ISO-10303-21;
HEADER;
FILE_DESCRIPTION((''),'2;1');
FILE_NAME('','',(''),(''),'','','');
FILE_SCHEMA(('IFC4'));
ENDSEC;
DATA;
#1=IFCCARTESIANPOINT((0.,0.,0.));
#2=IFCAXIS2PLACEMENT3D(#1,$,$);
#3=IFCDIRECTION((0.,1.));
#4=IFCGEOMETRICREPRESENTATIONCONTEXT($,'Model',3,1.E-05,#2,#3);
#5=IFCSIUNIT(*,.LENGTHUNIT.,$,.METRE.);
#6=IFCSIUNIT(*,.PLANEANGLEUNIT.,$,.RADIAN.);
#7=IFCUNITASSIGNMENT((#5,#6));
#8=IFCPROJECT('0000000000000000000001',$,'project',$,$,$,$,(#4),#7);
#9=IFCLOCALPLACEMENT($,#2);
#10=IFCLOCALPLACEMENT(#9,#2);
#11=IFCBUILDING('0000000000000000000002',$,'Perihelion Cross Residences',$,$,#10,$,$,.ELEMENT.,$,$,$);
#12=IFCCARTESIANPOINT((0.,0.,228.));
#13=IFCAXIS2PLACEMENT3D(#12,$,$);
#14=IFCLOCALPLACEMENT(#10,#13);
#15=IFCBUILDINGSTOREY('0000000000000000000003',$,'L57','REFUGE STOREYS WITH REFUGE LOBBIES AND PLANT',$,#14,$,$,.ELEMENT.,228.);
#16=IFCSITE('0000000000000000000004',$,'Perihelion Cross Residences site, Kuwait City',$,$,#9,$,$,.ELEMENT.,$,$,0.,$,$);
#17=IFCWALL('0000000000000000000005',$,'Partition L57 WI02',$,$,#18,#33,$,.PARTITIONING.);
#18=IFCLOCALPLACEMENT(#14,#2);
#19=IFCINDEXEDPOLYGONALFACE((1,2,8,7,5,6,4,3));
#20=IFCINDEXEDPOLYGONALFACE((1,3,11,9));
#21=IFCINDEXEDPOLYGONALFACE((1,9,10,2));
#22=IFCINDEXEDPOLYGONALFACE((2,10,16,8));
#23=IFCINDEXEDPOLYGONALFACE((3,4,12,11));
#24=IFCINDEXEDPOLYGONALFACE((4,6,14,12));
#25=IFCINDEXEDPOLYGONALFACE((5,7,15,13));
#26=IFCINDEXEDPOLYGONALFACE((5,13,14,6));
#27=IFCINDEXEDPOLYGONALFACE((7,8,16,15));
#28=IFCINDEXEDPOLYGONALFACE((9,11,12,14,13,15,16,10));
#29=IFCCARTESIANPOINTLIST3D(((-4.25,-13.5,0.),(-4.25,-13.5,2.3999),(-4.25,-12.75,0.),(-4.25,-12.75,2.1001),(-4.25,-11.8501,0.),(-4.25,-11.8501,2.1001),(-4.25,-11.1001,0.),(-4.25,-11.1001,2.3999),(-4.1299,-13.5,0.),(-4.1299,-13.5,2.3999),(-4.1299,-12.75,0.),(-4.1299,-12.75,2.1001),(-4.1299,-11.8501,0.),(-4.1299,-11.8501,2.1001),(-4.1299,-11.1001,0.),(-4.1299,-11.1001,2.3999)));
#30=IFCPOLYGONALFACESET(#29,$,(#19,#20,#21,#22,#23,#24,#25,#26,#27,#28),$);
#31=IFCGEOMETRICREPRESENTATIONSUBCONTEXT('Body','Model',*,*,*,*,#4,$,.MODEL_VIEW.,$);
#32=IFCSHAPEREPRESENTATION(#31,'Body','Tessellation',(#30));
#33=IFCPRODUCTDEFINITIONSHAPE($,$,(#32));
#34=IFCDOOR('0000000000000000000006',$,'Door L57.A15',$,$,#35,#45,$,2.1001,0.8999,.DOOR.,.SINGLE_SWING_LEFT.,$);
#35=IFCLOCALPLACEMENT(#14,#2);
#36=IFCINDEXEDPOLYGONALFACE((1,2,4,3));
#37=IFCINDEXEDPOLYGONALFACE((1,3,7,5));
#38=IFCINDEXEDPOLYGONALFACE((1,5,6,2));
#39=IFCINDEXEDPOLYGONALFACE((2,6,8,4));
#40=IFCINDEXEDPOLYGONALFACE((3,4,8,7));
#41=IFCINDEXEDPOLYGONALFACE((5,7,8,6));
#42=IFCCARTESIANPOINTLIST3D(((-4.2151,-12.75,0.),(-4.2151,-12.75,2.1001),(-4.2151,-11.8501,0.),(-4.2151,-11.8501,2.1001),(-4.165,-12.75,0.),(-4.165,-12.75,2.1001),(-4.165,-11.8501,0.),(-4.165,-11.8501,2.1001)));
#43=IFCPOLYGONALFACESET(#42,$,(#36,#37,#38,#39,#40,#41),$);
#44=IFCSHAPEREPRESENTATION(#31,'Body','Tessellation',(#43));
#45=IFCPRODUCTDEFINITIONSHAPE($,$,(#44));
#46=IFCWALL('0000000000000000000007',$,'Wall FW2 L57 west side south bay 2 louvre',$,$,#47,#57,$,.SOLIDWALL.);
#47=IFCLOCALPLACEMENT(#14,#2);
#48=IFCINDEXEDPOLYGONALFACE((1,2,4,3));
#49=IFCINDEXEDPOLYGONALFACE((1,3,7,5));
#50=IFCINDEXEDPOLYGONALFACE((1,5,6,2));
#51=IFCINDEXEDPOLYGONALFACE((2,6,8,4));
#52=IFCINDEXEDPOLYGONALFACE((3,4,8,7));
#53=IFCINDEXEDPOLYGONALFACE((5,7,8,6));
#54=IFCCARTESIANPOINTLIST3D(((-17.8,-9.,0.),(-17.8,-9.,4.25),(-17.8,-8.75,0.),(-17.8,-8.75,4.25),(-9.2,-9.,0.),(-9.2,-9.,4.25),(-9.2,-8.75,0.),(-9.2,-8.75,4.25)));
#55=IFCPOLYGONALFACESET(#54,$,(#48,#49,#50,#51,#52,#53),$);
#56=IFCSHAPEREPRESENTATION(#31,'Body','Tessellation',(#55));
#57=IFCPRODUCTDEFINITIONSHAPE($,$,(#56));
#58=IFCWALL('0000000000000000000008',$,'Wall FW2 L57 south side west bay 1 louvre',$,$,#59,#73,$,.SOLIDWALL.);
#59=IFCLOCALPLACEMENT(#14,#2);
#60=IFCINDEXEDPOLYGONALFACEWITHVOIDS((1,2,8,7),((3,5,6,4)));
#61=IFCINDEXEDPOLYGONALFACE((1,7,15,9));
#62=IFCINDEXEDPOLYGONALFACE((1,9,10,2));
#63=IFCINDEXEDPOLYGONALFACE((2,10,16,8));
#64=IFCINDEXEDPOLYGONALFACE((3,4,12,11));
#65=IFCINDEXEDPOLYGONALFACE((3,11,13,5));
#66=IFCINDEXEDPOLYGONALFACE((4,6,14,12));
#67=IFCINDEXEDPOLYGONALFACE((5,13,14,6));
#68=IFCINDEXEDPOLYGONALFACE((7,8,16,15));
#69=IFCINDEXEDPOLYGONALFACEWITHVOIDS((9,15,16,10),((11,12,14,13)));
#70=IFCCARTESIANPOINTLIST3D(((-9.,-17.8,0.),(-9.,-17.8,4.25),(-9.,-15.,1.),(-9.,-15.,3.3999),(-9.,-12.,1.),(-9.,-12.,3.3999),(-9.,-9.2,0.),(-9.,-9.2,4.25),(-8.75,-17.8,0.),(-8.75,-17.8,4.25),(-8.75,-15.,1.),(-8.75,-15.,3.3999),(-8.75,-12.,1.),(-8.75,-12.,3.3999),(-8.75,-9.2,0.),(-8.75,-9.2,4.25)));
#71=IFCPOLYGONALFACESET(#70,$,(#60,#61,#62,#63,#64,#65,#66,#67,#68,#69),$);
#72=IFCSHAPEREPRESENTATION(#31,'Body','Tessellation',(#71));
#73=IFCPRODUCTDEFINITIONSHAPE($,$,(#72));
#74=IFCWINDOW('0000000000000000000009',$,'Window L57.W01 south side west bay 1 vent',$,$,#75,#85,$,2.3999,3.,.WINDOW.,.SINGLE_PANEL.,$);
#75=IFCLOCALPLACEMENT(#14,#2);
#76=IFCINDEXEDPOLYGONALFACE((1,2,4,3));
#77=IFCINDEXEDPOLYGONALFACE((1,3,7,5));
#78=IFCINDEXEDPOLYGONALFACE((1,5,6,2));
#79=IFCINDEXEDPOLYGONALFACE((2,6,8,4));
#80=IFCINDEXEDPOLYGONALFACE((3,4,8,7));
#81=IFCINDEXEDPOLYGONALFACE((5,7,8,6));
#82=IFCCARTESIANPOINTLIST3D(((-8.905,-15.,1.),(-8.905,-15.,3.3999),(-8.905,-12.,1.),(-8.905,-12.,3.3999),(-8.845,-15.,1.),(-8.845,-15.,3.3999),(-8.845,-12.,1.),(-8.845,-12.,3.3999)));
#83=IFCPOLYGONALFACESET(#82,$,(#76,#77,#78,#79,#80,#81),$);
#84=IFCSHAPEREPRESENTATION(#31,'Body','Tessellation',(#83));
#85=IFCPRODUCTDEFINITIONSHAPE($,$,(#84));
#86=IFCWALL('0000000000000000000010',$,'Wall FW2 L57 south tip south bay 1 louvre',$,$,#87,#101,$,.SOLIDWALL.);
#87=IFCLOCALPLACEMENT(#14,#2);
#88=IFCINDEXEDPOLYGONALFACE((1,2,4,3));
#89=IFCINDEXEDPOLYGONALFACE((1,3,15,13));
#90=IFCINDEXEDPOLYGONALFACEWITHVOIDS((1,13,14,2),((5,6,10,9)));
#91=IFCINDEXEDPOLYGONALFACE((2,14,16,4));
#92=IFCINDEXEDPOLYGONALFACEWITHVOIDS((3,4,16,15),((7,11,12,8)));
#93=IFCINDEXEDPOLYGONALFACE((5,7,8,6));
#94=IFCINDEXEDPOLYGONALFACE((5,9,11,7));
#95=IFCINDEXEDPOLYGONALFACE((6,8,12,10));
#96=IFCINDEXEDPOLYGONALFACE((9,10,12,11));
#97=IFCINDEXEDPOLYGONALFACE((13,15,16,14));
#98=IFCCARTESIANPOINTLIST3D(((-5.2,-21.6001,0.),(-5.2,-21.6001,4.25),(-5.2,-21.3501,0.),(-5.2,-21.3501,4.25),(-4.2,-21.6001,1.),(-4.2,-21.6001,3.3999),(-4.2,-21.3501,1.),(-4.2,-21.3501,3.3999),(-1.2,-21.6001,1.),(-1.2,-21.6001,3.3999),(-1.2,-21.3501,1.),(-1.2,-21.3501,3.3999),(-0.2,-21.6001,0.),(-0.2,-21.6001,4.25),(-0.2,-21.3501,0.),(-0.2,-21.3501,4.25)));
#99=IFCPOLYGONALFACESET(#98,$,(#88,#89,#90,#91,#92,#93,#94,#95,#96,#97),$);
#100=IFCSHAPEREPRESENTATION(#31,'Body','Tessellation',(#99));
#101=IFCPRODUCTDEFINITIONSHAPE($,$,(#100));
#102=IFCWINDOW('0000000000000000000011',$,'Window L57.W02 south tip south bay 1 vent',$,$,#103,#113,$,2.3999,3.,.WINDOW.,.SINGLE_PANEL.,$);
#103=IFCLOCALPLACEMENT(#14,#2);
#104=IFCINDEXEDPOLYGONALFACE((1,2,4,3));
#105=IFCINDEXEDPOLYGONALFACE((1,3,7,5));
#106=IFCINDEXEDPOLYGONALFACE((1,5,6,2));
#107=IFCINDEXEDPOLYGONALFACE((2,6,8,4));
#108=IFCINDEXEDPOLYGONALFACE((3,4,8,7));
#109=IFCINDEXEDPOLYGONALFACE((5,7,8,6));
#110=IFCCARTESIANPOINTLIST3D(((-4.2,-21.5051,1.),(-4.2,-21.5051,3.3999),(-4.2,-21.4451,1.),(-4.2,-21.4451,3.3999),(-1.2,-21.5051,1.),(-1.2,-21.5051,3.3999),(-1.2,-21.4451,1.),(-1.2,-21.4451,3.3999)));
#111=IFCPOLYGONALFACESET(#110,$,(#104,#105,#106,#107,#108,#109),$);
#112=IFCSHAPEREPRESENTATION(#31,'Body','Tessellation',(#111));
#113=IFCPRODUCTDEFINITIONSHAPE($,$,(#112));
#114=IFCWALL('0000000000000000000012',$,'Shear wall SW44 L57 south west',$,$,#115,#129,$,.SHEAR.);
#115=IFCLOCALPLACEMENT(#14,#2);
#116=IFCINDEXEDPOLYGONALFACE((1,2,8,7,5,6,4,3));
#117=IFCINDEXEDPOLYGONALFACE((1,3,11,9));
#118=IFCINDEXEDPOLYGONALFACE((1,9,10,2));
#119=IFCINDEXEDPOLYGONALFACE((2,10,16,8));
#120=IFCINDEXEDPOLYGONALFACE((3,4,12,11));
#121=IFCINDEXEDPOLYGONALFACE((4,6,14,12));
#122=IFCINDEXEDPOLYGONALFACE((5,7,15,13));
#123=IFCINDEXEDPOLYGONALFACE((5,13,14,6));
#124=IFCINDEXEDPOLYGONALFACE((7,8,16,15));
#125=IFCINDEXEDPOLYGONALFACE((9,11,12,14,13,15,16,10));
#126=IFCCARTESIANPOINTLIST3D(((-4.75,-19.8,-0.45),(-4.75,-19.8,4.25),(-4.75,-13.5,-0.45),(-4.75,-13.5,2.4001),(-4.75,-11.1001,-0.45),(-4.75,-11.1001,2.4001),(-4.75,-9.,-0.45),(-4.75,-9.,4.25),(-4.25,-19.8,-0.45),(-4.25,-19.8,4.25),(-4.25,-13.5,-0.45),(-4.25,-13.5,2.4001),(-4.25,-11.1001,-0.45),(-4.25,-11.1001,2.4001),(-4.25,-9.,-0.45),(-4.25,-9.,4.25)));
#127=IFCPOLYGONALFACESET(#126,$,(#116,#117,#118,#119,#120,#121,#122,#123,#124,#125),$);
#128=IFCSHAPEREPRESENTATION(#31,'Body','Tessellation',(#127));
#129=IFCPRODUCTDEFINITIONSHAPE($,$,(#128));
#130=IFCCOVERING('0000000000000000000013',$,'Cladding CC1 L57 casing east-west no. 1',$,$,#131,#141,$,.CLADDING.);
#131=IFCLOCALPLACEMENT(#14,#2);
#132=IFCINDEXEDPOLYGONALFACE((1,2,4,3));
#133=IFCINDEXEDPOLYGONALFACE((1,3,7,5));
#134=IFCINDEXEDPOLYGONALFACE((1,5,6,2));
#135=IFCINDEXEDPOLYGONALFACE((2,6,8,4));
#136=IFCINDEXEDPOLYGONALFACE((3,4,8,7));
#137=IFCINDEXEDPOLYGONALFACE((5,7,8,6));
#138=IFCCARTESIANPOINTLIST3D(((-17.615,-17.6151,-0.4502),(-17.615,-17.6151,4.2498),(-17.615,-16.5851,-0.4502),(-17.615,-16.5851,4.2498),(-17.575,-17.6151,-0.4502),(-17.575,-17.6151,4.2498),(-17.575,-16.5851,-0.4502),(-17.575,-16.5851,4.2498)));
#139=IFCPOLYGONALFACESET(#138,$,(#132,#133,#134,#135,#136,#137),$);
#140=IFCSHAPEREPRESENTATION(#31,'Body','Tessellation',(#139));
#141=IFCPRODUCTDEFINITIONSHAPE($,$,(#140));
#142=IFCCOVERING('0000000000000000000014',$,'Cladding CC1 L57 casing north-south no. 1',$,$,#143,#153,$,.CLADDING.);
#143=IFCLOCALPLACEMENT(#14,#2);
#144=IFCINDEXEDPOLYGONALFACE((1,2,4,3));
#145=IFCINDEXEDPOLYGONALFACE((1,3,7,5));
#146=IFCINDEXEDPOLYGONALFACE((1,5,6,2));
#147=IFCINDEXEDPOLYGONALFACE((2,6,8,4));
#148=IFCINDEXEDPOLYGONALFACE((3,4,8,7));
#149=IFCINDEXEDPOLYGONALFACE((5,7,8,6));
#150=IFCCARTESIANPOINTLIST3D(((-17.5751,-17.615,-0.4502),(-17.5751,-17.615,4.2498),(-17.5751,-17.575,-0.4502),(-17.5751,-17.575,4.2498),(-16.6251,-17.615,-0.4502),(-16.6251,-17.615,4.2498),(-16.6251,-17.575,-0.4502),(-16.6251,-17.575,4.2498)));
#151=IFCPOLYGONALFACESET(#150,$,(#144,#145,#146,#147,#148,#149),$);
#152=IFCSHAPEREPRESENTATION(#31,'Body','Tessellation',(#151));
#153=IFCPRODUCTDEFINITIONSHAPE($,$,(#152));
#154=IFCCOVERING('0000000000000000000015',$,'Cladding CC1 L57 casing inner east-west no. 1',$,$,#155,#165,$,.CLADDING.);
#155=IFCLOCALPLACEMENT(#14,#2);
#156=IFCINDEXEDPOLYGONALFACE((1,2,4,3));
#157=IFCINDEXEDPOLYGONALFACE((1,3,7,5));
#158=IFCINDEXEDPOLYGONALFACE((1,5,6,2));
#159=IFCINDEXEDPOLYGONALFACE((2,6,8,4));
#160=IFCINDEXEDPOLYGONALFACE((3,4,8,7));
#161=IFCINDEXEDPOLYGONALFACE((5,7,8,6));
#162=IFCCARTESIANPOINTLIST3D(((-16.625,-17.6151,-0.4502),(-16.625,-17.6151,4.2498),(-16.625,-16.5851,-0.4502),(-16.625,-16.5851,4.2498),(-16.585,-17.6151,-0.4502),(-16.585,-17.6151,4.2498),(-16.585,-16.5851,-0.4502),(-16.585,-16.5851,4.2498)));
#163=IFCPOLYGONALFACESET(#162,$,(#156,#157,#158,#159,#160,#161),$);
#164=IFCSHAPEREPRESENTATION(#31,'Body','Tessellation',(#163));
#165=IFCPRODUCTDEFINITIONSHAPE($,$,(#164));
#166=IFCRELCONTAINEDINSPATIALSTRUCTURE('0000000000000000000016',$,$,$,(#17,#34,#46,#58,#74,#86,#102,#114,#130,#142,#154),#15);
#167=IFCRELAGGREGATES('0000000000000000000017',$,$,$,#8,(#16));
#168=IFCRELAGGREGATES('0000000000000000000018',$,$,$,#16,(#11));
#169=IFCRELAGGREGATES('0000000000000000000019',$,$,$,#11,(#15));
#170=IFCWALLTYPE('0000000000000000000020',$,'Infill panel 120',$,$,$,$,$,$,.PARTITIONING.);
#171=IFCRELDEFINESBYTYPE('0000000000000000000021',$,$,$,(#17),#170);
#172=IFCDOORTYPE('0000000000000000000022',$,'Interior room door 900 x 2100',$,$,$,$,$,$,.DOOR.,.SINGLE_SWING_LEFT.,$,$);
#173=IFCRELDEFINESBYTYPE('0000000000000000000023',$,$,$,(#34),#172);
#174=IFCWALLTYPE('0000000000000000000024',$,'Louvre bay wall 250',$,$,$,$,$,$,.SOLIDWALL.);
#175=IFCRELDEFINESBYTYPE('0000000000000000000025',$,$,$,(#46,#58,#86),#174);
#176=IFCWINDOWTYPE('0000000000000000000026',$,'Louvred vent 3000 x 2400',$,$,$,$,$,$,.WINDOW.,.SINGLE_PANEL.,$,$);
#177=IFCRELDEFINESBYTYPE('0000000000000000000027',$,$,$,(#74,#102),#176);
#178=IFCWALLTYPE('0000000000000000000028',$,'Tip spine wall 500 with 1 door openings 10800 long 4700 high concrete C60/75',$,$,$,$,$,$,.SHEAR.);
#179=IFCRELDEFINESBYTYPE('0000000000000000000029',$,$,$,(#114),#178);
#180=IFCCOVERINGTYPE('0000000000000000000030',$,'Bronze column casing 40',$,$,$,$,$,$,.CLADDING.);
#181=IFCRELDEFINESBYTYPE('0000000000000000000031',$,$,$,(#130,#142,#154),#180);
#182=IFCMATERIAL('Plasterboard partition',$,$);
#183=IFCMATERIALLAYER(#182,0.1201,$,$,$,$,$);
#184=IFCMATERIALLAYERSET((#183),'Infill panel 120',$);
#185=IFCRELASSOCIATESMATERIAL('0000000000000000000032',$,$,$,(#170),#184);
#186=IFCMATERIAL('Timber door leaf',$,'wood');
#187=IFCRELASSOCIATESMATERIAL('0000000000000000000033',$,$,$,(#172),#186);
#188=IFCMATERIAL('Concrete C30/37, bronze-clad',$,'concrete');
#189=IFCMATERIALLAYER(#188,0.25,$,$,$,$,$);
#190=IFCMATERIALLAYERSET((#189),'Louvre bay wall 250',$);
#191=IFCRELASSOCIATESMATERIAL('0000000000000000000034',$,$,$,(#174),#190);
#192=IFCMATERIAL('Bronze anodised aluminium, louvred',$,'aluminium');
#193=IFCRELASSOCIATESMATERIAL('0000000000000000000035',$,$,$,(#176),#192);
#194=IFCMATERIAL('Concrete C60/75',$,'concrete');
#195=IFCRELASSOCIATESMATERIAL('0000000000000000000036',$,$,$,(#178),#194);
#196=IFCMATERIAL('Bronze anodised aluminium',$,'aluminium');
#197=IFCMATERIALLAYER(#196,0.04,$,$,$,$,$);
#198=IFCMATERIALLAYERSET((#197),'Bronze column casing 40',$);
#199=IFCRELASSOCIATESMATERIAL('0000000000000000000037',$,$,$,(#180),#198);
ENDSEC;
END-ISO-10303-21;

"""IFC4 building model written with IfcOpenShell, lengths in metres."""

from ifc_helpers import new_model, si_unit, direction, frame, frame_2d, origin, origin_2d, place, context, subcontext, project, spatial, polyline, rectangle, outline, extrude, material, layer, layer_set, material_profile, profile_set, type_object, element, fill, save


model = new_model("IFC4")

# Units and contexts
model_context = context("Model", 3, precision=1e-05, world=origin(), true_north=direction((0.0, 1.0)))
body_context = subcontext(model_context, "Body", "Model", "MODEL_VIEW")
ifc_project = project(units=[si_unit("LENGTHUNIT", "METRE"), si_unit("PLANEANGLEUNIT", "RADIAN")], contexts=[model_context])

# Site, building, storey
site_placement = place(None, origin())
site = spatial("IfcSite", under=ifc_project, at=site_placement, Name="Perihelion Cross Residences site, Kuwait City", CompositionType="ELEMENT", RefElevation=0.0)
building_placement = place(site_placement, origin())
building = spatial("IfcBuilding", under=site, at=building_placement, Name="Perihelion Cross Residences", CompositionType="ELEMENT")
storey_placement = place(building_placement, frame((0.0, 0.0, 228.0)))
storey = spatial("IfcBuildingStorey", under=building, at=storey_placement, Name="L57", Description="REFUGE STOREYS WITH REFUGE LOBBIES AND PLANT", CompositionType="ELEMENT", Elevation=228.0)

# Wall, opening, door
ifc_material_1 = material(Name="Plasterboard partition")
ifc_layer_1 = layer(ifc_material_1, 0.1201)
ifc_layer_set_1 = layer_set([ifc_layer_1], Name="Infill panel 120")
wall_type_1 = type_object("IfcWallType", Name="Infill panel 120", PredefinedType="PARTITIONING", material=ifc_layer_set_1)
wall_1_placement = place(storey_placement, frame((-4.1899, -11.1001, 0.0), z_axis=(0.0, 0.0, 1.0), x_axis=(0.0, -1.0, 0.0)))
wall_1 = element("IfcWall", 1, at=wall_1_placement, inside=storey, type_object=wall_type_1, Name="Partition L57 WI02", PredefinedType="PARTITIONING", context=body_context, shape_type="SweptSolid", body=[
    extrude(rectangle(XDim=2.3999, YDim=0.1201, at=frame_2d((1.2, 0.0))), origin(), (0.0, 0.0, 1.0), 2.3999),
])
opening_1_placement = place(wall_1_placement, frame((0.75, 0.0, 0.0)))
opening_1 = element("IfcOpeningElement", 2, at=opening_1_placement, cuts=wall_1, PredefinedType="OPENING", context=body_context, shape_type="SweptSolid", body=[
    extrude(rectangle(XDim=0.8999, YDim=2.1001, at=frame_2d((0.45, 1.05))), frame((0.0, 0.0701, 0.0), z_axis=(0.0, -1.0, 0.0), x_axis=(1.0, 0.0, 0.0)), (0.0, 0.0, 1.0), 0.1401),
])
ifc_material_2 = material(Name="Timber door leaf", Category="wood")
door_type = type_object("IfcDoorType", Name="Interior room door 900 x 2100", OperationType="SINGLE_SWING_LEFT", PredefinedType="DOOR", material=ifc_material_2)
door_placement = place(opening_1_placement, origin())
door = element("IfcDoor", 3, at=door_placement, inside=storey, type_object=door_type, Name="Door L57.A15", OperationType="SINGLE_SWING_LEFT", OverallHeight=2.1001, OverallWidth=0.8999, PredefinedType="DOOR", context=body_context, shape_type="SweptSolid", body=[
    extrude(rectangle(XDim=0.8999, YDim=2.1001, at=frame_2d((0.45, 1.05))), frame((0.0, 0.0249, 0.0), z_axis=(0.0, -1.0, 0.0), x_axis=(1.0, 0.0, 0.0)), (0.0, 0.0, 1.0), 0.05),
])
fill(opening_1, door)

# Wall
ifc_material_3 = material(Name="Concrete C30/37, bronze-clad", Category="concrete")
ifc_layer_2 = layer(ifc_material_3, 0.25)
ifc_layer_set_2 = layer_set([ifc_layer_2], Name="Louvre bay wall 250")
wall_type_2 = type_object("IfcWallType", Name="Louvre bay wall 250", PredefinedType="SOLIDWALL", material=ifc_layer_set_2)
wall_2_placement = place(storey_placement, frame((-17.8, -8.875, 0.0), z_axis=(0.0, 0.0, 1.0), x_axis=(1.0, 0.0, 0.0)))
element("IfcWall", 4, at=wall_2_placement, inside=storey, type_object=wall_type_2, Name="Wall FW2 L57 west side south bay 2 louvre", PredefinedType="SOLIDWALL", context=body_context, shape_type="SweptSolid", body=[
    extrude(rectangle(XDim=8.6001, YDim=0.25, at=frame_2d((4.3, 0.0))), origin(), (0.0, 0.0, 1.0), 4.25),
])

# Walls, openings, windows
wall_3_placement = place(storey_placement, frame((-8.875, -9.2, 0.0), z_axis=(0.0, 0.0, 1.0), x_axis=(0.0, -1.0, 0.0)))
wall_3 = element("IfcWall", 5, at=wall_3_placement, inside=storey, type_object=wall_type_2, Name="Wall FW2 L57 south side west bay 1 louvre", PredefinedType="SOLIDWALL", context=body_context, shape_type="SweptSolid", body=[
    extrude(rectangle(XDim=8.6001, YDim=0.25, at=frame_2d((4.3, 0.0))), origin(), (0.0, 0.0, 1.0), 4.25),
])
opening_2_placement = place(wall_3_placement, frame((2.8, 0.0, 1.0)))
opening_2 = element("IfcOpeningElement", 6, at=opening_2_placement, cuts=wall_3, PredefinedType="OPENING", context=body_context, shape_type="SweptSolid", body=[
    extrude(rectangle(XDim=3.0, YDim=2.3999, at=frame_2d((1.5, 1.2))), frame((0.0, 0.135, 0.0), z_axis=(0.0, -1.0, 0.0), x_axis=(1.0, 0.0, 0.0)), (0.0, 0.0, 1.0), 0.27),
])
ifc_material_4 = material(Name="Bronze anodised aluminium, louvred", Category="aluminium")
window_type = type_object("IfcWindowType", Name="Louvred vent 3000 x 2400", PartitioningType="SINGLE_PANEL", PredefinedType="WINDOW", material=ifc_material_4)
window_1_placement = place(opening_2_placement, origin())
window_1 = element("IfcWindow", 7, at=window_1_placement, inside=storey, type_object=window_type, Name="Window L57.W01 south side west bay 1 vent", OverallHeight=2.3999, OverallWidth=3.0, PartitioningType="SINGLE_PANEL", PredefinedType="WINDOW", context=body_context, shape_type="SweptSolid", body=[
    extrude(rectangle(XDim=3.0, YDim=2.3999, at=frame_2d((1.5, 1.2))), frame((0.0, 0.03, 0.0), z_axis=(0.0, -1.0, 0.0), x_axis=(1.0, 0.0, 0.0)), (0.0, 0.0, 1.0), 0.0601),
])
fill(opening_2, window_1)
wall_4_placement = place(storey_placement, frame((-5.2, -21.4751, 0.0), z_axis=(0.0, 0.0, 1.0), x_axis=(1.0, 0.0, 0.0)))
wall_4 = element("IfcWall", 8, at=wall_4_placement, inside=storey, type_object=wall_type_2, Name="Wall FW2 L57 south tip south bay 1 louvre", PredefinedType="SOLIDWALL", context=body_context, shape_type="SweptSolid", body=[
    extrude(rectangle(XDim=5.0, YDim=0.25, at=frame_2d((2.5, 0.0))), origin(), (0.0, 0.0, 1.0), 4.25),
])
opening_3_placement = place(wall_4_placement, frame((1.0, 0.0, 1.0)))
opening_3 = element("IfcOpeningElement", 9, at=opening_3_placement, cuts=wall_4, PredefinedType="OPENING", context=body_context, shape_type="SweptSolid", body=[
    extrude(rectangle(XDim=3.0, YDim=2.3999, at=frame_2d((1.5, 1.2))), frame((0.0, 0.135, 0.0), z_axis=(0.0, -1.0, 0.0), x_axis=(1.0, 0.0, 0.0)), (0.0, 0.0, 1.0), 0.27),
])
window_2_placement = place(opening_3_placement, origin())
window_2 = element("IfcWindow", 10, at=window_2_placement, inside=storey, type_object=window_type, Name="Window L57.W02 south tip south bay 1 vent", OverallHeight=2.3999, OverallWidth=3.0, PartitioningType="SINGLE_PANEL", PredefinedType="WINDOW", context=body_context, shape_type="SweptSolid", body=[
    extrude(rectangle(XDim=3.0, YDim=2.3999, at=frame_2d((1.5, 1.2))), frame((0.0, 0.03, 0.0), z_axis=(0.0, -1.0, 0.0), x_axis=(1.0, 0.0, 0.0)), (0.0, 0.0, 1.0), 0.0601),
])
fill(opening_3, window_2)

# Wall
ifc_material_5 = material(Name="Concrete C60/75", Category="concrete")
ifc_material_profile_1 = material_profile(ifc_material_5, outline(polyline([(0.0, 0.0), (6.3, 0.0), (6.3, 2.8501), (8.7, 2.8501), (8.7, 0.0), (10.8, 0.0), (10.8, 4.7), (0.0, 4.7), (0.0, 0.0)])), Name="Tip spine wall")
ifc_profile_set_1 = profile_set([ifc_material_profile_1], Name="Concrete C60/75")
wall_type_3 = type_object("IfcWallType", Name="Tip spine wall 500 with 1 door openings 10800 long 4700 high concrete C60/75", PredefinedType="SHEAR", material=ifc_profile_set_1)
wall_5_placement = place(storey_placement, frame((-4.75, -19.8, -0.45), z_axis=(1.0, 0.0, 0.0), x_axis=(0.0, 1.0, 0.0)))
element("IfcWall", 11, at=wall_5_placement, inside=storey, type_object=wall_type_3, Name="Shear wall SW44 L57 south west", PredefinedType="SHEAR", context=body_context, shape_type="SweptSolid", body=[
    extrude(outline(polyline([(0.0, 0.0), (6.3, 0.0), (6.3, 2.8501), (8.7, 2.8501), (8.7, 0.0), (10.8, 0.0), (10.8, 4.7), (0.0, 4.7), (0.0, 0.0)])), origin(), (0.0, 0.0, 1.0), 0.5),
])

# Coverings
ifc_material_6 = material(Name="Bronze anodised aluminium", Category="aluminium")
ifc_layer_3 = layer(ifc_material_6, 0.04)
ifc_layer_set_3 = layer_set([ifc_layer_3], Name="Bronze column casing 40")
covering_type = type_object("IfcCoveringType", Name="Bronze column casing 40", PredefinedType="CLADDING", material=ifc_layer_set_3)
covering_1_placement = place(storey_placement, frame((-17.595, -17.1001, -0.4502), z_axis=(0.0, 0.0, 1.0), x_axis=(1.0, 0.0, 0.0)))
element("IfcCovering", 12, at=covering_1_placement, inside=storey, type_object=covering_type, Name="Cladding CC1 L57 casing east-west no. 1", PredefinedType="CLADDING", context=body_context, shape_type="SweptSolid", body=[
    extrude(rectangle(XDim=0.04, YDim=1.03, at=origin_2d()), origin(), (0.0, 0.0, 1.0), 4.7),
])
covering_2_placement = place(storey_placement, frame((-17.1001, -17.595, -0.4502), z_axis=(0.0, 0.0, 1.0), x_axis=(1.0, 0.0, 0.0)))
element("IfcCovering", 13, at=covering_2_placement, inside=storey, type_object=covering_type, Name="Cladding CC1 L57 casing north-south no. 1", PredefinedType="CLADDING", context=body_context, shape_type="SweptSolid", body=[
    extrude(rectangle(XDim=0.95, YDim=0.04, at=origin_2d()), origin(), (0.0, 0.0, 1.0), 4.7),
])
covering_3_placement = place(storey_placement, frame((-16.605, -17.1001, -0.4502), z_axis=(0.0, 0.0, 1.0), x_axis=(1.0, 0.0, 0.0)))
element("IfcCovering", 14, at=covering_3_placement, inside=storey, type_object=covering_type, Name="Cladding CC1 L57 casing inner east-west no. 1", PredefinedType="CLADDING", context=body_context, shape_type="SweptSolid", body=[
    extrude(rectangle(XDim=0.04, YDim=1.03, at=origin_2d()), origin(), (0.0, 0.0, 1.0), 4.7),
])

save(model, "model.ifc")
